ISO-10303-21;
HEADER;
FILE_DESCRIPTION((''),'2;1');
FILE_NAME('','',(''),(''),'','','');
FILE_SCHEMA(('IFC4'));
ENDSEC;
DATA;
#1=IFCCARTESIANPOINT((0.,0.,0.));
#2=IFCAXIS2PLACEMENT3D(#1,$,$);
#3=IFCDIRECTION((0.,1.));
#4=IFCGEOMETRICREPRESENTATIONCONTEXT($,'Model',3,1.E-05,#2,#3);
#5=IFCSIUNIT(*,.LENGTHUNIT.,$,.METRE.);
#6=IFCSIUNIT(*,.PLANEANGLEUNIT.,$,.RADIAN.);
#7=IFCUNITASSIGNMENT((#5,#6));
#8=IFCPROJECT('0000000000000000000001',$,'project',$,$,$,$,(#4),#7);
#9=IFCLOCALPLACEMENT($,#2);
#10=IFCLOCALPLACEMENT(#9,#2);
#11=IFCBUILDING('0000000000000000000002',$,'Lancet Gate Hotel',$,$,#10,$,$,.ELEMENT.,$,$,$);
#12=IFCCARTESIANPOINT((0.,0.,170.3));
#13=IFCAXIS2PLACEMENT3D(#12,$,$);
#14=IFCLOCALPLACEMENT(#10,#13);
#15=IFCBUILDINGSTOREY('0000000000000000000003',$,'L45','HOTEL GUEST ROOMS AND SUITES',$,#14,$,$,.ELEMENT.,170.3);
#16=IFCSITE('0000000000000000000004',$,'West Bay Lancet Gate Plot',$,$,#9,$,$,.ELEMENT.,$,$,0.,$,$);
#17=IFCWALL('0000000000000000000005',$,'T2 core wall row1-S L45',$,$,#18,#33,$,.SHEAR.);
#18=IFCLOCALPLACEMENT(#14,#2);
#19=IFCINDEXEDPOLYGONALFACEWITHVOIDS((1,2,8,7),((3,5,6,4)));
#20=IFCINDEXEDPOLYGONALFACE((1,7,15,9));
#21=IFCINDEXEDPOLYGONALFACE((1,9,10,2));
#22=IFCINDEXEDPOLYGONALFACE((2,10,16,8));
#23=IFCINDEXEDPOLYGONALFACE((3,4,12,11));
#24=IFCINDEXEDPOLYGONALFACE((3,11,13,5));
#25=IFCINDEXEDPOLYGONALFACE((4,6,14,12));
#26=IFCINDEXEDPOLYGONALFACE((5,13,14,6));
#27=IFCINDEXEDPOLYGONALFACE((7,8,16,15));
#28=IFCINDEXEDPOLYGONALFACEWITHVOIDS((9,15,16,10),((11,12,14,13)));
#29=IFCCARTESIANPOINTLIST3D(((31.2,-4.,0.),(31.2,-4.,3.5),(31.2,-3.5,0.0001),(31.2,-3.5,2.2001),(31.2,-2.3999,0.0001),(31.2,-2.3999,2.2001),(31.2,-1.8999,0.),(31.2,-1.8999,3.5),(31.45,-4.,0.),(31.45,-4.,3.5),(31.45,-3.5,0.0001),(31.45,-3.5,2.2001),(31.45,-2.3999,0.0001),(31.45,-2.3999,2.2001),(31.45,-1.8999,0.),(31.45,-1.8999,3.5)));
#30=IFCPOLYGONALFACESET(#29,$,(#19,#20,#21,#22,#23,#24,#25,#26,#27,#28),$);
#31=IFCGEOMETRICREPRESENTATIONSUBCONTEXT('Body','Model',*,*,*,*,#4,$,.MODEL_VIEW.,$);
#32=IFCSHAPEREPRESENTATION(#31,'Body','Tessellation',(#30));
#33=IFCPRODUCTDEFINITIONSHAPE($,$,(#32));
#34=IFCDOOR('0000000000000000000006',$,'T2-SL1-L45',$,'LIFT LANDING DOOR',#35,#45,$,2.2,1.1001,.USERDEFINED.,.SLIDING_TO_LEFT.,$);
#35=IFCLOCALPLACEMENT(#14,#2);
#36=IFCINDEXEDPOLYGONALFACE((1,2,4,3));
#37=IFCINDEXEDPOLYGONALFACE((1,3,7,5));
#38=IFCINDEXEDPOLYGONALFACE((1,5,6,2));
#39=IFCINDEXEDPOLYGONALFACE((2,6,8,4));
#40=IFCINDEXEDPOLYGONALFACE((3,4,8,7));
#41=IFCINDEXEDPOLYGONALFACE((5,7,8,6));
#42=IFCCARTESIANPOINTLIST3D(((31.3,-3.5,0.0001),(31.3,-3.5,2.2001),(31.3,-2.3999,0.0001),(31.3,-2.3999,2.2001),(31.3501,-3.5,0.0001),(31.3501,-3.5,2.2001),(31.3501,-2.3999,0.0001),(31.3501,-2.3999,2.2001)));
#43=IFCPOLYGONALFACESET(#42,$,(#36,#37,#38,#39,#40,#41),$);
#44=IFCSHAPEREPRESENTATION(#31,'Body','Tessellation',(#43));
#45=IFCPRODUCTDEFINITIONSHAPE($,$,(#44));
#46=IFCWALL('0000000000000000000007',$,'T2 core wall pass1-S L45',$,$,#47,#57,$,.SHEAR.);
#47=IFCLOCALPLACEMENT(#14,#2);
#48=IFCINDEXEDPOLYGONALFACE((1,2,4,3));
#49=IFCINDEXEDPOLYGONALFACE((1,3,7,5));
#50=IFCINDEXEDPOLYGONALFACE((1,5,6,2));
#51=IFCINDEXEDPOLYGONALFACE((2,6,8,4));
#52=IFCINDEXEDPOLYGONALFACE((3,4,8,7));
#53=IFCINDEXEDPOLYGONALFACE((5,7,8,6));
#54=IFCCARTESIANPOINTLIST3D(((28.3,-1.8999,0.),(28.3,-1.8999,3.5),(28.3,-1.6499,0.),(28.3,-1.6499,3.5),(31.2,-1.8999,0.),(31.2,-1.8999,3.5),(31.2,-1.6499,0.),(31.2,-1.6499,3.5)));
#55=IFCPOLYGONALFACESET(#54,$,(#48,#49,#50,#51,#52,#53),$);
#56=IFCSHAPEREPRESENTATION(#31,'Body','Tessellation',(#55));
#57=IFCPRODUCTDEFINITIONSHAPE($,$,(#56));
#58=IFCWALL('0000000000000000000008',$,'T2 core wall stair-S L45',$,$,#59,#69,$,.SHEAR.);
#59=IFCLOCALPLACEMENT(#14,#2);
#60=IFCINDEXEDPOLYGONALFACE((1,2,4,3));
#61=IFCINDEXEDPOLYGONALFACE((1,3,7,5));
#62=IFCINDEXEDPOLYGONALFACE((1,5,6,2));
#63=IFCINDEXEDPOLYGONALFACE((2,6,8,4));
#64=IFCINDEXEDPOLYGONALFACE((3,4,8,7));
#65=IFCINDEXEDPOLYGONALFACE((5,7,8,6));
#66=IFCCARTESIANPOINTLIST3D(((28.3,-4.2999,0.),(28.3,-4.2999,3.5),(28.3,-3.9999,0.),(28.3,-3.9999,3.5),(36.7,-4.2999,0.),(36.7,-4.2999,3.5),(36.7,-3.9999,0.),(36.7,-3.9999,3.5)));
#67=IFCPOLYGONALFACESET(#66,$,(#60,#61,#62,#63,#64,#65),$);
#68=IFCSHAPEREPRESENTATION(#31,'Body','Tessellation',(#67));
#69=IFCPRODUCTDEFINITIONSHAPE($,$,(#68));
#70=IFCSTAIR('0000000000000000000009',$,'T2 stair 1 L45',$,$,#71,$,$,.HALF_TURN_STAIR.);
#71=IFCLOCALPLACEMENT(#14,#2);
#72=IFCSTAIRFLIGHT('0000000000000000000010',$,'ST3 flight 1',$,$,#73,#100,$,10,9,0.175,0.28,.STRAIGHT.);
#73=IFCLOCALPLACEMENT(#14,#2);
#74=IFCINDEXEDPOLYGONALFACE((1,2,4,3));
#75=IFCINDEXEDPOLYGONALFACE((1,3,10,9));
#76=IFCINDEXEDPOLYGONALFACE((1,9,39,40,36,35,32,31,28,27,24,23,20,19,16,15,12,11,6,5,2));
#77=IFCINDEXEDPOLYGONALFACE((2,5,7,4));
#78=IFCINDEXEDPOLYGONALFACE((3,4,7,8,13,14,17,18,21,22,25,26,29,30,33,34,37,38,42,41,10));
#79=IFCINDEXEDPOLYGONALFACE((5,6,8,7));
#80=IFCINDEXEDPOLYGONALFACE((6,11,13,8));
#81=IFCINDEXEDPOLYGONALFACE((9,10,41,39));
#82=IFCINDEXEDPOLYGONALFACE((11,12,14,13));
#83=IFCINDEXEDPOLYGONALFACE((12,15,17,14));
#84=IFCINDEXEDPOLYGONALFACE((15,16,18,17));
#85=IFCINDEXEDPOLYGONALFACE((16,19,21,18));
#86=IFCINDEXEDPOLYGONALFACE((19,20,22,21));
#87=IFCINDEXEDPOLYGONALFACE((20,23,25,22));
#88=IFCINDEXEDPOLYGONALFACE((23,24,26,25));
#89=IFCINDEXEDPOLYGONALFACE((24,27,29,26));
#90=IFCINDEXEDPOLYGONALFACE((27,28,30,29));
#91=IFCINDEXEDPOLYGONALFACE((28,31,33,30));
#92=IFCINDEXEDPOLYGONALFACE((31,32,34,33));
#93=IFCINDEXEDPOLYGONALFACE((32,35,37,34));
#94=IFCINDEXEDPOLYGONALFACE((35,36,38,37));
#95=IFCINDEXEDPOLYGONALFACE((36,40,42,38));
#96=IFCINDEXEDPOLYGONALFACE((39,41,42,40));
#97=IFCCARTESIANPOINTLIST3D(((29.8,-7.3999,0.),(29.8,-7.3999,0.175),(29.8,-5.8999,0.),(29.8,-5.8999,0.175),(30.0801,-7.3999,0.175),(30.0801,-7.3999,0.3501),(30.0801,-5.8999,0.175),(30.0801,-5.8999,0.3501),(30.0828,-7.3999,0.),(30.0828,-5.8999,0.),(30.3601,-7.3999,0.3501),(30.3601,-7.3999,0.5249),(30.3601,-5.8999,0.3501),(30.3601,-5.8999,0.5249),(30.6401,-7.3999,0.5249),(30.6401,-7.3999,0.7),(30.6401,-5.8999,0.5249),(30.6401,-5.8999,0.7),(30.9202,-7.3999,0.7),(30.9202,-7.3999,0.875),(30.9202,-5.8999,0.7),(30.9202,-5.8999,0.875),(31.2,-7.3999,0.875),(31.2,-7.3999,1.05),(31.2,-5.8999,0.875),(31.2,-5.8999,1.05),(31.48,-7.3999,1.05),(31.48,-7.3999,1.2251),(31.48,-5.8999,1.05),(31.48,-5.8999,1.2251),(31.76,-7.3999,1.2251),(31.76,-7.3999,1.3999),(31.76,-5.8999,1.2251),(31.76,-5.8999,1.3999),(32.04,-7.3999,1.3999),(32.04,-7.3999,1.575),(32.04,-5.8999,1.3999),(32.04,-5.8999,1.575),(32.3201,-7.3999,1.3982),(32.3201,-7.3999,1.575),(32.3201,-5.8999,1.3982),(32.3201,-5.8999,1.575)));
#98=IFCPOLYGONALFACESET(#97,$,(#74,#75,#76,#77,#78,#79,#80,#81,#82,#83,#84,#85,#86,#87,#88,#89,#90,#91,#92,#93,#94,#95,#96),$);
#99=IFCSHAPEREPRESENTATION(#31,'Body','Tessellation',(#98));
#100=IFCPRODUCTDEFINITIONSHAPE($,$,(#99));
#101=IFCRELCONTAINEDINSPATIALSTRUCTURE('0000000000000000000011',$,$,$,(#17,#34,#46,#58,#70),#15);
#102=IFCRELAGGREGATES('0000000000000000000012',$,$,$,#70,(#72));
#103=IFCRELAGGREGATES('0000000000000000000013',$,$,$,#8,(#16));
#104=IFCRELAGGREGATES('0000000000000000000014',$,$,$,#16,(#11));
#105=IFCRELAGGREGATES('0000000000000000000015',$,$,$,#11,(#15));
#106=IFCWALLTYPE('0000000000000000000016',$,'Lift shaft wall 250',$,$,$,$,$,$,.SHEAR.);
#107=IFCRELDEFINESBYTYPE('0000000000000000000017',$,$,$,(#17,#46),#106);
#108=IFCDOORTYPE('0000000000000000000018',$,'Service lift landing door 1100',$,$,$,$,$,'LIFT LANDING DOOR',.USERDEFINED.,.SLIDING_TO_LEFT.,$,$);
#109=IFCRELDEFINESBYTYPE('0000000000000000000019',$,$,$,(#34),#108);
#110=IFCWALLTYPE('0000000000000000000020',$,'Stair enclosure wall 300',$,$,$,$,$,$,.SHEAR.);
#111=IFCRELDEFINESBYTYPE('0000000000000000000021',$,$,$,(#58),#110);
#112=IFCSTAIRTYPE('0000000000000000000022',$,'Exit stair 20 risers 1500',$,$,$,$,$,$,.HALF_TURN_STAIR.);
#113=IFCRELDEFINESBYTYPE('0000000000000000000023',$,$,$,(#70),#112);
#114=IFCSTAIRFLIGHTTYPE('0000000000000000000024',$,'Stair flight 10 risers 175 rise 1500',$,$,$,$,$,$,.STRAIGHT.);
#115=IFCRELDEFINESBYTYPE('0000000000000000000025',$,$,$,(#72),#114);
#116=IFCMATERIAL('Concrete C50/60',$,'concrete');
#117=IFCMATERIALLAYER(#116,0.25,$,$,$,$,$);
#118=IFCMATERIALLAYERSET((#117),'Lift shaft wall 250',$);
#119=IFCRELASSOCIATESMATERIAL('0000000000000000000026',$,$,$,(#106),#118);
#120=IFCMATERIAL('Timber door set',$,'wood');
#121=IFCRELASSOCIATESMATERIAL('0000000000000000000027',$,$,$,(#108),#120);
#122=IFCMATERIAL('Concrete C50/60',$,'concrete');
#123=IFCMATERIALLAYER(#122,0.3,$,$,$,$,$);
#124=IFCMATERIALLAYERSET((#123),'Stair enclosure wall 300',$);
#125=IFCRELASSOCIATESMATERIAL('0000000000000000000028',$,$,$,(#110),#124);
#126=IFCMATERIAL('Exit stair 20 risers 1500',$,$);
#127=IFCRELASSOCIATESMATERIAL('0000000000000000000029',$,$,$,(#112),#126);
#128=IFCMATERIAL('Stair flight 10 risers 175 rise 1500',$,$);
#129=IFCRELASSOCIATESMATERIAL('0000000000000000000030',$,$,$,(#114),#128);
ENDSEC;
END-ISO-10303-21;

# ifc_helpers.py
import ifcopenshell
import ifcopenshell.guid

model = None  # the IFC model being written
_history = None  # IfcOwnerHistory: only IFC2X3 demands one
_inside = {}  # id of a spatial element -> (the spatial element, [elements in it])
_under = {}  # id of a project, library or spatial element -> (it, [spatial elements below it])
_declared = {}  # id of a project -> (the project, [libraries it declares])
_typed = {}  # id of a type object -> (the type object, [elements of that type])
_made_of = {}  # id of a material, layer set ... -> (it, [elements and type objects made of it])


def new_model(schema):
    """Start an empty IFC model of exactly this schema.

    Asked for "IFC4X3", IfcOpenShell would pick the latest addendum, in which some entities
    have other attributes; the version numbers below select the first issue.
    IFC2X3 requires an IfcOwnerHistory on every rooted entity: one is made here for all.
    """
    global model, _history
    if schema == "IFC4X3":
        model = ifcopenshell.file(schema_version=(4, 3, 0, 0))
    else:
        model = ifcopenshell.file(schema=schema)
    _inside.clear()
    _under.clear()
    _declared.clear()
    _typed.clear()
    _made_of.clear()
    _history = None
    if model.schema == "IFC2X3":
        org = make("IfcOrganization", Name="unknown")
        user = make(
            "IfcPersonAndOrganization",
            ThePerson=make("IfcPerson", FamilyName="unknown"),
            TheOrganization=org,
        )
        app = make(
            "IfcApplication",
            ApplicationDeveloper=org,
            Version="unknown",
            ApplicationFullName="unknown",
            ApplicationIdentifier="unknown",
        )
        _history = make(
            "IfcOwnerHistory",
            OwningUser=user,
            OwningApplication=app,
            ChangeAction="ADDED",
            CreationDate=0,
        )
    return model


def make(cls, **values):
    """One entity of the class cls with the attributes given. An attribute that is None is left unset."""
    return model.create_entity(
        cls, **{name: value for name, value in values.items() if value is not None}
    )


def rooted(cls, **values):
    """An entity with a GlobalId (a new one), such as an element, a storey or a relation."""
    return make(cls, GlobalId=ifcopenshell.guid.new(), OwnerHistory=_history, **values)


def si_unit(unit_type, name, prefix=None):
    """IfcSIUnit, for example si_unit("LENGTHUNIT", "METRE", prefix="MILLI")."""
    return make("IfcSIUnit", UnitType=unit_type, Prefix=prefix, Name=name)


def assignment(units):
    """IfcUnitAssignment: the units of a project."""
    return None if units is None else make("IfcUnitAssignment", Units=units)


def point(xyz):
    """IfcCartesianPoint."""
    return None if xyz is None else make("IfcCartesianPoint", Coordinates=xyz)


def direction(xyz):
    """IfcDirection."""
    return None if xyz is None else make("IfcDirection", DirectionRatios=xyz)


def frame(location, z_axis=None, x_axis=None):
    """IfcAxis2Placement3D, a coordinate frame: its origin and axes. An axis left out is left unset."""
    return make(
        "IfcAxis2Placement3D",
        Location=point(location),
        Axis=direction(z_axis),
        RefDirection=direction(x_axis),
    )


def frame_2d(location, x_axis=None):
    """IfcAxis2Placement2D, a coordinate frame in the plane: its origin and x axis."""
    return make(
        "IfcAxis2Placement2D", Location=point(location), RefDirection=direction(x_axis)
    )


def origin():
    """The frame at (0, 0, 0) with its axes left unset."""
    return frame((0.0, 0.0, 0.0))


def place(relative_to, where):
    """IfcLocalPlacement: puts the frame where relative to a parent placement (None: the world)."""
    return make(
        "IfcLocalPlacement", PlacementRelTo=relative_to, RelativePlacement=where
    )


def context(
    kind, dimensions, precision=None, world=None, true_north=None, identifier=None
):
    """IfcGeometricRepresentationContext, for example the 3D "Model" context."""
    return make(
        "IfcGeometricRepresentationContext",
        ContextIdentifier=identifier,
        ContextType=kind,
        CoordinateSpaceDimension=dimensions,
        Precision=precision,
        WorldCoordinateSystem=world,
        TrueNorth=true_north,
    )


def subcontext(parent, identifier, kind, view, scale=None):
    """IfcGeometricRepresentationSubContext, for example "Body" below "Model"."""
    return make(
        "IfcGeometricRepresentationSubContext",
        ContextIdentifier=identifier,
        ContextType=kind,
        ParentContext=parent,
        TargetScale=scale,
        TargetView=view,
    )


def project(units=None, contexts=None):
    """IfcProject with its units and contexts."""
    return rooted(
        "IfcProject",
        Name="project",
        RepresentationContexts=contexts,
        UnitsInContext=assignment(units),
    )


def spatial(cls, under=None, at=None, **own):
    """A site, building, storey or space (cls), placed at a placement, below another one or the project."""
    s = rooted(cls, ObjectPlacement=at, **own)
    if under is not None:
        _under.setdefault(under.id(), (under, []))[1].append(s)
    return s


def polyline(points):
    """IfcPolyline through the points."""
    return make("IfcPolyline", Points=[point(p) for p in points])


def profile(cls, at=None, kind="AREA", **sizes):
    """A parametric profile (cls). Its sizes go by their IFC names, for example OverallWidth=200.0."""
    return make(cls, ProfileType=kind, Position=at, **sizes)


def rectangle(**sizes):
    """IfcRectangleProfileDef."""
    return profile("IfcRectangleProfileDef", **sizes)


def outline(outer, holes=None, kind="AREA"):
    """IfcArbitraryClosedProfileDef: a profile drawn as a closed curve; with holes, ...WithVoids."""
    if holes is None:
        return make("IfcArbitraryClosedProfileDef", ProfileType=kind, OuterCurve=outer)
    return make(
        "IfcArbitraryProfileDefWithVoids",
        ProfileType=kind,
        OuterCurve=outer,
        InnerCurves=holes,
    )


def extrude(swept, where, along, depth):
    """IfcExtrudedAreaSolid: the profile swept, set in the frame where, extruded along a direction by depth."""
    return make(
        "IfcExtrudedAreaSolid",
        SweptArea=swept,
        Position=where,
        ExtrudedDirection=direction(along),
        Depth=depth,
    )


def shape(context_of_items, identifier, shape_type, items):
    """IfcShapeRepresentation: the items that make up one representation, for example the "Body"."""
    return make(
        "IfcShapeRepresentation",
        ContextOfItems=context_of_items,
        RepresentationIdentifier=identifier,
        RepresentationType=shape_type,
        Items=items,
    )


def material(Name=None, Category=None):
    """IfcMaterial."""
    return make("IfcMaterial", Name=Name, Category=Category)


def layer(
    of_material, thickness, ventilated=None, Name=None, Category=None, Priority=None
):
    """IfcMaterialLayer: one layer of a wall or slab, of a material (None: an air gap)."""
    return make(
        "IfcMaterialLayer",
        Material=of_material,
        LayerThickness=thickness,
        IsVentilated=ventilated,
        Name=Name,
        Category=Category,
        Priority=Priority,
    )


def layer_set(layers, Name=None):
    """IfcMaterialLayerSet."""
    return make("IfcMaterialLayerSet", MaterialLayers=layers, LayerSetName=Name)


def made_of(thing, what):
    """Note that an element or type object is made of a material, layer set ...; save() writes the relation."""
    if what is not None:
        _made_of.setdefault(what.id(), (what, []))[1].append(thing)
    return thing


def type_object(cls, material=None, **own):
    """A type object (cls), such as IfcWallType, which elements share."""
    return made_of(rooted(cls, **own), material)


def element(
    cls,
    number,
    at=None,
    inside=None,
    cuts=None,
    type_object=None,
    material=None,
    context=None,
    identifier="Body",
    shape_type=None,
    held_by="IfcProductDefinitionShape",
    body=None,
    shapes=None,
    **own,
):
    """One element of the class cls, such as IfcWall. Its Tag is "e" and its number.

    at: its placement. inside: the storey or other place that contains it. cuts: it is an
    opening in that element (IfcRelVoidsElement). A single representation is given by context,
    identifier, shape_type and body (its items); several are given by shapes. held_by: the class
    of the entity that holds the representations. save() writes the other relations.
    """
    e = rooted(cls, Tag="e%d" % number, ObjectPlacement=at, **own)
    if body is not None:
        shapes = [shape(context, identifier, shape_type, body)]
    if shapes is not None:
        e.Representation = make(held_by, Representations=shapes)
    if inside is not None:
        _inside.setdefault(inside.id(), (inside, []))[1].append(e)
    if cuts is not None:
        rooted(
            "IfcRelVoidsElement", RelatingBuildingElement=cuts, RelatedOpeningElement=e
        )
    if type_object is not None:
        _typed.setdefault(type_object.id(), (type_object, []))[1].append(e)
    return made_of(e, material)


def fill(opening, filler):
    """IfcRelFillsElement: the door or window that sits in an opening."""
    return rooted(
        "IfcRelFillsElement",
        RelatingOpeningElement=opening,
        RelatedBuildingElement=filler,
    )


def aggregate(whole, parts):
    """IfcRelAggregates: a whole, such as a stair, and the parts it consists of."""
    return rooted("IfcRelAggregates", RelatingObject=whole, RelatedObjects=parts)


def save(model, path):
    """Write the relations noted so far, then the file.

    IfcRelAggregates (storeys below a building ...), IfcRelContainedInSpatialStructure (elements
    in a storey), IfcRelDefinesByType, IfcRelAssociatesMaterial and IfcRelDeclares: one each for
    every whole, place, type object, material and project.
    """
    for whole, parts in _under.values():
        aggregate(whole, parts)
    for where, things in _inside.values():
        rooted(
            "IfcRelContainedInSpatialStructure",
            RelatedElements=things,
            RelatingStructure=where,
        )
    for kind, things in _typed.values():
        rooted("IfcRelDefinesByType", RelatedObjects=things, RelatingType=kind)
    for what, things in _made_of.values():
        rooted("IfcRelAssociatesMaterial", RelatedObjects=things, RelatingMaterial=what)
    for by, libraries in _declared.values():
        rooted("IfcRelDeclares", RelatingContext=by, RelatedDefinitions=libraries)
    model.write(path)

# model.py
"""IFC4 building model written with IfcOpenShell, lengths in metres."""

from ifc_helpers import new_model, si_unit, direction, frame, frame_2d, origin, place, context, subcontext, project, spatial, polyline, rectangle, outline, extrude, material, layer, layer_set, type_object, element, fill, aggregate, save


model = new_model("IFC4")

# Units and contexts
model_context = context("Model", 3, precision=1e-05, world=origin(), true_north=direction((0.0, 1.0)))
body_context = subcontext(model_context, "Body", "Model", "MODEL_VIEW")
ifc_project = project(units=[si_unit("LENGTHUNIT", "METRE"), si_unit("PLANEANGLEUNIT", "RADIAN")], contexts=[model_context])

# Site, building, storey
site_placement = place(None, origin())
site = spatial("IfcSite", under=ifc_project, at=site_placement, Name="West Bay Lancet Gate Plot", CompositionType="ELEMENT", RefElevation=0.0)
building_placement = place(site_placement, origin())
building = spatial("IfcBuilding", under=site, at=building_placement, Name="Lancet Gate Hotel", CompositionType="ELEMENT")
storey_placement = place(building_placement, frame((0.0, 0.0, 170.3)))
storey = spatial("IfcBuildingStorey", under=building, at=storey_placement, Name="L45", Description="HOTEL GUEST ROOMS AND SUITES", CompositionType="ELEMENT", Elevation=170.3)

# Wall, opening, door
ifc_material_1 = material(Name="Concrete C50/60", Category="concrete")
ifc_layer_1 = layer(ifc_material_1, 0.25)
ifc_layer_set_1 = layer_set([ifc_layer_1], Name="Lift shaft wall 250")
wall_type_1 = type_object("IfcWallType", Name="Lift shaft wall 250", PredefinedType="SHEAR", material=ifc_layer_set_1)
wall_1_placement = place(storey_placement, frame((31.325, -4.0, 0.0), z_axis=(0.0, 0.0, 1.0), x_axis=(0.0, 1.0, 0.0)))
wall_1 = element("IfcWall", 1, at=wall_1_placement, inside=storey, type_object=wall_type_1, Name="T2 core wall row1-S L45", PredefinedType="SHEAR", context=body_context, shape_type="SweptSolid", body=[
    extrude(rectangle(XDim=2.1001, YDim=0.25, at=frame_2d((1.05, 0.0))), origin(), (0.0, 0.0, 1.0), 3.5),
])
opening_1_placement = place(wall_1_placement, frame((0.5, 0.0, 0.0)))
opening_1 = element("IfcOpeningElement", 2, at=opening_1_placement, cuts=wall_1, PredefinedType="OPENING", context=body_context, shape_type="SweptSolid", body=[
    extrude(rectangle(XDim=1.1001, YDim=2.2, at=frame_2d((0.55, 1.1001))), frame((0.0, 0.135, 0.0), z_axis=(0.0, -1.0, 0.0), x_axis=(1.0, 0.0, 0.0)), (0.0, 0.0, 1.0), 0.27),
])
ifc_material_2 = material(Name="Timber door set", Category="wood")
door_type_1 = type_object("IfcDoorType", Name="Service lift landing door 1100", ElementType="LIFT LANDING DOOR", OperationType="SLIDING_TO_LEFT", PredefinedType="USERDEFINED", material=ifc_material_2)
door_1_placement = place(opening_1_placement, origin())
door_1 = element("IfcDoor", 3, at=door_1_placement, inside=storey, type_object=door_type_1, Name="T2-SL1-L45", ObjectType="LIFT LANDING DOOR", OperationType="SLIDING_TO_LEFT", OverallHeight=2.2, OverallWidth=1.1001, PredefinedType="USERDEFINED", context=body_context, shape_type="SweptSolid", body=[
    extrude(rectangle(XDim=1.1001, YDim=2.2, at=frame_2d((0.55, 1.1001))), frame((0.0, 0.0249, 0.0), z_axis=(0.0, -1.0, 0.0), x_axis=(1.0, 0.0, 0.0)), (0.0, 0.0, 1.0), 0.05),
])
fill(opening_1, door_1)

# Walls
wall_2_placement = place(storey_placement, frame((28.3, -1.7749, 0.0), z_axis=(0.0, 0.0, 1.0), x_axis=(1.0, 0.0, 0.0)))
element("IfcWall", 4, at=wall_2_placement, inside=storey, type_object=wall_type_1, Name="T2 core wall pass1-S L45", PredefinedType="SHEAR", context=body_context, shape_type="SweptSolid", body=[
    extrude(rectangle(XDim=2.8999, YDim=0.25, at=frame_2d((1.45, 0.0))), origin(), (0.0, 0.0, 1.0), 3.5),
])
ifc_material_3 = material(Name="Concrete C50/60", Category="concrete")
ifc_layer_2 = layer(ifc_material_3, 0.3)
ifc_layer_set_2 = layer_set([ifc_layer_2], Name="Stair enclosure wall 300")
wall_type_2 = type_object("IfcWallType", Name="Stair enclosure wall 300", PredefinedType="SHEAR", material=ifc_layer_set_2)
wall_3_placement = place(storey_placement, frame((28.3, -4.1499, 0.0), z_axis=(0.0, 0.0, 1.0), x_axis=(1.0, 0.0, 0.0)))
element("IfcWall", 5, at=wall_3_placement, inside=storey, type_object=wall_type_2, Name="T2 core wall stair-S L45", PredefinedType="SHEAR", context=body_context, shape_type="SweptSolid", body=[
    extrude(rectangle(XDim=8.3999, YDim=0.3, at=frame_2d((4.2, 0.0))), origin(), (0.0, 0.0, 1.0), 3.5),
])

# Stair, stair flight
ifc_material_4 = material(Name="Exit stair 20 risers 1500")
stair_type = type_object("IfcStairType", Name="Exit stair 20 risers 1500", PredefinedType="HALF_TURN_STAIR", material=ifc_material_4)
stair_placement = place(storey_placement, origin())
stair = element("IfcStair", 6, at=stair_placement, inside=storey, type_object=stair_type, Name="T2 stair 1 L45", PredefinedType="HALF_TURN_STAIR")
ifc_material_5 = material(Name="Stair flight 10 risers 175 rise 1500")
stair_flight_type = type_object("IfcStairFlightType", Name="Stair flight 10 risers 175 rise 1500", PredefinedType="STRAIGHT", material=ifc_material_5)
stair_flight_placement = place(storey_placement, frame((29.8, -6.6499, 0.0), z_axis=(0.0, 0.0, 1.0), x_axis=(1.0, 0.0, 0.0)))
stair_flight = element("IfcStairFlight", 7, at=stair_flight_placement, type_object=stair_flight_type, Name="ST3 flight 1", NumberOfRisers=10, NumberOfTreads=9, PredefinedType="STRAIGHT", RiserHeight=0.175, TreadLength=0.28, context=body_context, shape_type="SweptSolid", body=[
    extrude(outline(polyline([(0.0, 0.0), (0.0, 0.175), (0.28, 0.175), (0.28, 0.3501), (0.5601, 0.3501), (0.5601, 0.5249), (0.8401, 0.5249), (0.8401, 0.7), (1.1201, 0.7), (1.1201, 0.875), (1.3999, 0.875), (1.3999, 1.05), (1.6799, 1.05), (1.6799, 1.2251), (1.96, 1.2251), (1.96, 1.3999), (2.24, 1.3999), (2.24, 1.575), (2.52, 1.575), (2.52, 1.75), (2.52, 1.3982), (0.2827, 0.0), (0.0, 0.0)])), frame((0.0, 0.75, 0.0), z_axis=(0.0, -1.0, 0.0), x_axis=(1.0, 0.0, 0.0)), (0.0, 0.0, 1.0), 1.5),
])
aggregate(stair, [stair_flight])

save(model, "model.ifc")
